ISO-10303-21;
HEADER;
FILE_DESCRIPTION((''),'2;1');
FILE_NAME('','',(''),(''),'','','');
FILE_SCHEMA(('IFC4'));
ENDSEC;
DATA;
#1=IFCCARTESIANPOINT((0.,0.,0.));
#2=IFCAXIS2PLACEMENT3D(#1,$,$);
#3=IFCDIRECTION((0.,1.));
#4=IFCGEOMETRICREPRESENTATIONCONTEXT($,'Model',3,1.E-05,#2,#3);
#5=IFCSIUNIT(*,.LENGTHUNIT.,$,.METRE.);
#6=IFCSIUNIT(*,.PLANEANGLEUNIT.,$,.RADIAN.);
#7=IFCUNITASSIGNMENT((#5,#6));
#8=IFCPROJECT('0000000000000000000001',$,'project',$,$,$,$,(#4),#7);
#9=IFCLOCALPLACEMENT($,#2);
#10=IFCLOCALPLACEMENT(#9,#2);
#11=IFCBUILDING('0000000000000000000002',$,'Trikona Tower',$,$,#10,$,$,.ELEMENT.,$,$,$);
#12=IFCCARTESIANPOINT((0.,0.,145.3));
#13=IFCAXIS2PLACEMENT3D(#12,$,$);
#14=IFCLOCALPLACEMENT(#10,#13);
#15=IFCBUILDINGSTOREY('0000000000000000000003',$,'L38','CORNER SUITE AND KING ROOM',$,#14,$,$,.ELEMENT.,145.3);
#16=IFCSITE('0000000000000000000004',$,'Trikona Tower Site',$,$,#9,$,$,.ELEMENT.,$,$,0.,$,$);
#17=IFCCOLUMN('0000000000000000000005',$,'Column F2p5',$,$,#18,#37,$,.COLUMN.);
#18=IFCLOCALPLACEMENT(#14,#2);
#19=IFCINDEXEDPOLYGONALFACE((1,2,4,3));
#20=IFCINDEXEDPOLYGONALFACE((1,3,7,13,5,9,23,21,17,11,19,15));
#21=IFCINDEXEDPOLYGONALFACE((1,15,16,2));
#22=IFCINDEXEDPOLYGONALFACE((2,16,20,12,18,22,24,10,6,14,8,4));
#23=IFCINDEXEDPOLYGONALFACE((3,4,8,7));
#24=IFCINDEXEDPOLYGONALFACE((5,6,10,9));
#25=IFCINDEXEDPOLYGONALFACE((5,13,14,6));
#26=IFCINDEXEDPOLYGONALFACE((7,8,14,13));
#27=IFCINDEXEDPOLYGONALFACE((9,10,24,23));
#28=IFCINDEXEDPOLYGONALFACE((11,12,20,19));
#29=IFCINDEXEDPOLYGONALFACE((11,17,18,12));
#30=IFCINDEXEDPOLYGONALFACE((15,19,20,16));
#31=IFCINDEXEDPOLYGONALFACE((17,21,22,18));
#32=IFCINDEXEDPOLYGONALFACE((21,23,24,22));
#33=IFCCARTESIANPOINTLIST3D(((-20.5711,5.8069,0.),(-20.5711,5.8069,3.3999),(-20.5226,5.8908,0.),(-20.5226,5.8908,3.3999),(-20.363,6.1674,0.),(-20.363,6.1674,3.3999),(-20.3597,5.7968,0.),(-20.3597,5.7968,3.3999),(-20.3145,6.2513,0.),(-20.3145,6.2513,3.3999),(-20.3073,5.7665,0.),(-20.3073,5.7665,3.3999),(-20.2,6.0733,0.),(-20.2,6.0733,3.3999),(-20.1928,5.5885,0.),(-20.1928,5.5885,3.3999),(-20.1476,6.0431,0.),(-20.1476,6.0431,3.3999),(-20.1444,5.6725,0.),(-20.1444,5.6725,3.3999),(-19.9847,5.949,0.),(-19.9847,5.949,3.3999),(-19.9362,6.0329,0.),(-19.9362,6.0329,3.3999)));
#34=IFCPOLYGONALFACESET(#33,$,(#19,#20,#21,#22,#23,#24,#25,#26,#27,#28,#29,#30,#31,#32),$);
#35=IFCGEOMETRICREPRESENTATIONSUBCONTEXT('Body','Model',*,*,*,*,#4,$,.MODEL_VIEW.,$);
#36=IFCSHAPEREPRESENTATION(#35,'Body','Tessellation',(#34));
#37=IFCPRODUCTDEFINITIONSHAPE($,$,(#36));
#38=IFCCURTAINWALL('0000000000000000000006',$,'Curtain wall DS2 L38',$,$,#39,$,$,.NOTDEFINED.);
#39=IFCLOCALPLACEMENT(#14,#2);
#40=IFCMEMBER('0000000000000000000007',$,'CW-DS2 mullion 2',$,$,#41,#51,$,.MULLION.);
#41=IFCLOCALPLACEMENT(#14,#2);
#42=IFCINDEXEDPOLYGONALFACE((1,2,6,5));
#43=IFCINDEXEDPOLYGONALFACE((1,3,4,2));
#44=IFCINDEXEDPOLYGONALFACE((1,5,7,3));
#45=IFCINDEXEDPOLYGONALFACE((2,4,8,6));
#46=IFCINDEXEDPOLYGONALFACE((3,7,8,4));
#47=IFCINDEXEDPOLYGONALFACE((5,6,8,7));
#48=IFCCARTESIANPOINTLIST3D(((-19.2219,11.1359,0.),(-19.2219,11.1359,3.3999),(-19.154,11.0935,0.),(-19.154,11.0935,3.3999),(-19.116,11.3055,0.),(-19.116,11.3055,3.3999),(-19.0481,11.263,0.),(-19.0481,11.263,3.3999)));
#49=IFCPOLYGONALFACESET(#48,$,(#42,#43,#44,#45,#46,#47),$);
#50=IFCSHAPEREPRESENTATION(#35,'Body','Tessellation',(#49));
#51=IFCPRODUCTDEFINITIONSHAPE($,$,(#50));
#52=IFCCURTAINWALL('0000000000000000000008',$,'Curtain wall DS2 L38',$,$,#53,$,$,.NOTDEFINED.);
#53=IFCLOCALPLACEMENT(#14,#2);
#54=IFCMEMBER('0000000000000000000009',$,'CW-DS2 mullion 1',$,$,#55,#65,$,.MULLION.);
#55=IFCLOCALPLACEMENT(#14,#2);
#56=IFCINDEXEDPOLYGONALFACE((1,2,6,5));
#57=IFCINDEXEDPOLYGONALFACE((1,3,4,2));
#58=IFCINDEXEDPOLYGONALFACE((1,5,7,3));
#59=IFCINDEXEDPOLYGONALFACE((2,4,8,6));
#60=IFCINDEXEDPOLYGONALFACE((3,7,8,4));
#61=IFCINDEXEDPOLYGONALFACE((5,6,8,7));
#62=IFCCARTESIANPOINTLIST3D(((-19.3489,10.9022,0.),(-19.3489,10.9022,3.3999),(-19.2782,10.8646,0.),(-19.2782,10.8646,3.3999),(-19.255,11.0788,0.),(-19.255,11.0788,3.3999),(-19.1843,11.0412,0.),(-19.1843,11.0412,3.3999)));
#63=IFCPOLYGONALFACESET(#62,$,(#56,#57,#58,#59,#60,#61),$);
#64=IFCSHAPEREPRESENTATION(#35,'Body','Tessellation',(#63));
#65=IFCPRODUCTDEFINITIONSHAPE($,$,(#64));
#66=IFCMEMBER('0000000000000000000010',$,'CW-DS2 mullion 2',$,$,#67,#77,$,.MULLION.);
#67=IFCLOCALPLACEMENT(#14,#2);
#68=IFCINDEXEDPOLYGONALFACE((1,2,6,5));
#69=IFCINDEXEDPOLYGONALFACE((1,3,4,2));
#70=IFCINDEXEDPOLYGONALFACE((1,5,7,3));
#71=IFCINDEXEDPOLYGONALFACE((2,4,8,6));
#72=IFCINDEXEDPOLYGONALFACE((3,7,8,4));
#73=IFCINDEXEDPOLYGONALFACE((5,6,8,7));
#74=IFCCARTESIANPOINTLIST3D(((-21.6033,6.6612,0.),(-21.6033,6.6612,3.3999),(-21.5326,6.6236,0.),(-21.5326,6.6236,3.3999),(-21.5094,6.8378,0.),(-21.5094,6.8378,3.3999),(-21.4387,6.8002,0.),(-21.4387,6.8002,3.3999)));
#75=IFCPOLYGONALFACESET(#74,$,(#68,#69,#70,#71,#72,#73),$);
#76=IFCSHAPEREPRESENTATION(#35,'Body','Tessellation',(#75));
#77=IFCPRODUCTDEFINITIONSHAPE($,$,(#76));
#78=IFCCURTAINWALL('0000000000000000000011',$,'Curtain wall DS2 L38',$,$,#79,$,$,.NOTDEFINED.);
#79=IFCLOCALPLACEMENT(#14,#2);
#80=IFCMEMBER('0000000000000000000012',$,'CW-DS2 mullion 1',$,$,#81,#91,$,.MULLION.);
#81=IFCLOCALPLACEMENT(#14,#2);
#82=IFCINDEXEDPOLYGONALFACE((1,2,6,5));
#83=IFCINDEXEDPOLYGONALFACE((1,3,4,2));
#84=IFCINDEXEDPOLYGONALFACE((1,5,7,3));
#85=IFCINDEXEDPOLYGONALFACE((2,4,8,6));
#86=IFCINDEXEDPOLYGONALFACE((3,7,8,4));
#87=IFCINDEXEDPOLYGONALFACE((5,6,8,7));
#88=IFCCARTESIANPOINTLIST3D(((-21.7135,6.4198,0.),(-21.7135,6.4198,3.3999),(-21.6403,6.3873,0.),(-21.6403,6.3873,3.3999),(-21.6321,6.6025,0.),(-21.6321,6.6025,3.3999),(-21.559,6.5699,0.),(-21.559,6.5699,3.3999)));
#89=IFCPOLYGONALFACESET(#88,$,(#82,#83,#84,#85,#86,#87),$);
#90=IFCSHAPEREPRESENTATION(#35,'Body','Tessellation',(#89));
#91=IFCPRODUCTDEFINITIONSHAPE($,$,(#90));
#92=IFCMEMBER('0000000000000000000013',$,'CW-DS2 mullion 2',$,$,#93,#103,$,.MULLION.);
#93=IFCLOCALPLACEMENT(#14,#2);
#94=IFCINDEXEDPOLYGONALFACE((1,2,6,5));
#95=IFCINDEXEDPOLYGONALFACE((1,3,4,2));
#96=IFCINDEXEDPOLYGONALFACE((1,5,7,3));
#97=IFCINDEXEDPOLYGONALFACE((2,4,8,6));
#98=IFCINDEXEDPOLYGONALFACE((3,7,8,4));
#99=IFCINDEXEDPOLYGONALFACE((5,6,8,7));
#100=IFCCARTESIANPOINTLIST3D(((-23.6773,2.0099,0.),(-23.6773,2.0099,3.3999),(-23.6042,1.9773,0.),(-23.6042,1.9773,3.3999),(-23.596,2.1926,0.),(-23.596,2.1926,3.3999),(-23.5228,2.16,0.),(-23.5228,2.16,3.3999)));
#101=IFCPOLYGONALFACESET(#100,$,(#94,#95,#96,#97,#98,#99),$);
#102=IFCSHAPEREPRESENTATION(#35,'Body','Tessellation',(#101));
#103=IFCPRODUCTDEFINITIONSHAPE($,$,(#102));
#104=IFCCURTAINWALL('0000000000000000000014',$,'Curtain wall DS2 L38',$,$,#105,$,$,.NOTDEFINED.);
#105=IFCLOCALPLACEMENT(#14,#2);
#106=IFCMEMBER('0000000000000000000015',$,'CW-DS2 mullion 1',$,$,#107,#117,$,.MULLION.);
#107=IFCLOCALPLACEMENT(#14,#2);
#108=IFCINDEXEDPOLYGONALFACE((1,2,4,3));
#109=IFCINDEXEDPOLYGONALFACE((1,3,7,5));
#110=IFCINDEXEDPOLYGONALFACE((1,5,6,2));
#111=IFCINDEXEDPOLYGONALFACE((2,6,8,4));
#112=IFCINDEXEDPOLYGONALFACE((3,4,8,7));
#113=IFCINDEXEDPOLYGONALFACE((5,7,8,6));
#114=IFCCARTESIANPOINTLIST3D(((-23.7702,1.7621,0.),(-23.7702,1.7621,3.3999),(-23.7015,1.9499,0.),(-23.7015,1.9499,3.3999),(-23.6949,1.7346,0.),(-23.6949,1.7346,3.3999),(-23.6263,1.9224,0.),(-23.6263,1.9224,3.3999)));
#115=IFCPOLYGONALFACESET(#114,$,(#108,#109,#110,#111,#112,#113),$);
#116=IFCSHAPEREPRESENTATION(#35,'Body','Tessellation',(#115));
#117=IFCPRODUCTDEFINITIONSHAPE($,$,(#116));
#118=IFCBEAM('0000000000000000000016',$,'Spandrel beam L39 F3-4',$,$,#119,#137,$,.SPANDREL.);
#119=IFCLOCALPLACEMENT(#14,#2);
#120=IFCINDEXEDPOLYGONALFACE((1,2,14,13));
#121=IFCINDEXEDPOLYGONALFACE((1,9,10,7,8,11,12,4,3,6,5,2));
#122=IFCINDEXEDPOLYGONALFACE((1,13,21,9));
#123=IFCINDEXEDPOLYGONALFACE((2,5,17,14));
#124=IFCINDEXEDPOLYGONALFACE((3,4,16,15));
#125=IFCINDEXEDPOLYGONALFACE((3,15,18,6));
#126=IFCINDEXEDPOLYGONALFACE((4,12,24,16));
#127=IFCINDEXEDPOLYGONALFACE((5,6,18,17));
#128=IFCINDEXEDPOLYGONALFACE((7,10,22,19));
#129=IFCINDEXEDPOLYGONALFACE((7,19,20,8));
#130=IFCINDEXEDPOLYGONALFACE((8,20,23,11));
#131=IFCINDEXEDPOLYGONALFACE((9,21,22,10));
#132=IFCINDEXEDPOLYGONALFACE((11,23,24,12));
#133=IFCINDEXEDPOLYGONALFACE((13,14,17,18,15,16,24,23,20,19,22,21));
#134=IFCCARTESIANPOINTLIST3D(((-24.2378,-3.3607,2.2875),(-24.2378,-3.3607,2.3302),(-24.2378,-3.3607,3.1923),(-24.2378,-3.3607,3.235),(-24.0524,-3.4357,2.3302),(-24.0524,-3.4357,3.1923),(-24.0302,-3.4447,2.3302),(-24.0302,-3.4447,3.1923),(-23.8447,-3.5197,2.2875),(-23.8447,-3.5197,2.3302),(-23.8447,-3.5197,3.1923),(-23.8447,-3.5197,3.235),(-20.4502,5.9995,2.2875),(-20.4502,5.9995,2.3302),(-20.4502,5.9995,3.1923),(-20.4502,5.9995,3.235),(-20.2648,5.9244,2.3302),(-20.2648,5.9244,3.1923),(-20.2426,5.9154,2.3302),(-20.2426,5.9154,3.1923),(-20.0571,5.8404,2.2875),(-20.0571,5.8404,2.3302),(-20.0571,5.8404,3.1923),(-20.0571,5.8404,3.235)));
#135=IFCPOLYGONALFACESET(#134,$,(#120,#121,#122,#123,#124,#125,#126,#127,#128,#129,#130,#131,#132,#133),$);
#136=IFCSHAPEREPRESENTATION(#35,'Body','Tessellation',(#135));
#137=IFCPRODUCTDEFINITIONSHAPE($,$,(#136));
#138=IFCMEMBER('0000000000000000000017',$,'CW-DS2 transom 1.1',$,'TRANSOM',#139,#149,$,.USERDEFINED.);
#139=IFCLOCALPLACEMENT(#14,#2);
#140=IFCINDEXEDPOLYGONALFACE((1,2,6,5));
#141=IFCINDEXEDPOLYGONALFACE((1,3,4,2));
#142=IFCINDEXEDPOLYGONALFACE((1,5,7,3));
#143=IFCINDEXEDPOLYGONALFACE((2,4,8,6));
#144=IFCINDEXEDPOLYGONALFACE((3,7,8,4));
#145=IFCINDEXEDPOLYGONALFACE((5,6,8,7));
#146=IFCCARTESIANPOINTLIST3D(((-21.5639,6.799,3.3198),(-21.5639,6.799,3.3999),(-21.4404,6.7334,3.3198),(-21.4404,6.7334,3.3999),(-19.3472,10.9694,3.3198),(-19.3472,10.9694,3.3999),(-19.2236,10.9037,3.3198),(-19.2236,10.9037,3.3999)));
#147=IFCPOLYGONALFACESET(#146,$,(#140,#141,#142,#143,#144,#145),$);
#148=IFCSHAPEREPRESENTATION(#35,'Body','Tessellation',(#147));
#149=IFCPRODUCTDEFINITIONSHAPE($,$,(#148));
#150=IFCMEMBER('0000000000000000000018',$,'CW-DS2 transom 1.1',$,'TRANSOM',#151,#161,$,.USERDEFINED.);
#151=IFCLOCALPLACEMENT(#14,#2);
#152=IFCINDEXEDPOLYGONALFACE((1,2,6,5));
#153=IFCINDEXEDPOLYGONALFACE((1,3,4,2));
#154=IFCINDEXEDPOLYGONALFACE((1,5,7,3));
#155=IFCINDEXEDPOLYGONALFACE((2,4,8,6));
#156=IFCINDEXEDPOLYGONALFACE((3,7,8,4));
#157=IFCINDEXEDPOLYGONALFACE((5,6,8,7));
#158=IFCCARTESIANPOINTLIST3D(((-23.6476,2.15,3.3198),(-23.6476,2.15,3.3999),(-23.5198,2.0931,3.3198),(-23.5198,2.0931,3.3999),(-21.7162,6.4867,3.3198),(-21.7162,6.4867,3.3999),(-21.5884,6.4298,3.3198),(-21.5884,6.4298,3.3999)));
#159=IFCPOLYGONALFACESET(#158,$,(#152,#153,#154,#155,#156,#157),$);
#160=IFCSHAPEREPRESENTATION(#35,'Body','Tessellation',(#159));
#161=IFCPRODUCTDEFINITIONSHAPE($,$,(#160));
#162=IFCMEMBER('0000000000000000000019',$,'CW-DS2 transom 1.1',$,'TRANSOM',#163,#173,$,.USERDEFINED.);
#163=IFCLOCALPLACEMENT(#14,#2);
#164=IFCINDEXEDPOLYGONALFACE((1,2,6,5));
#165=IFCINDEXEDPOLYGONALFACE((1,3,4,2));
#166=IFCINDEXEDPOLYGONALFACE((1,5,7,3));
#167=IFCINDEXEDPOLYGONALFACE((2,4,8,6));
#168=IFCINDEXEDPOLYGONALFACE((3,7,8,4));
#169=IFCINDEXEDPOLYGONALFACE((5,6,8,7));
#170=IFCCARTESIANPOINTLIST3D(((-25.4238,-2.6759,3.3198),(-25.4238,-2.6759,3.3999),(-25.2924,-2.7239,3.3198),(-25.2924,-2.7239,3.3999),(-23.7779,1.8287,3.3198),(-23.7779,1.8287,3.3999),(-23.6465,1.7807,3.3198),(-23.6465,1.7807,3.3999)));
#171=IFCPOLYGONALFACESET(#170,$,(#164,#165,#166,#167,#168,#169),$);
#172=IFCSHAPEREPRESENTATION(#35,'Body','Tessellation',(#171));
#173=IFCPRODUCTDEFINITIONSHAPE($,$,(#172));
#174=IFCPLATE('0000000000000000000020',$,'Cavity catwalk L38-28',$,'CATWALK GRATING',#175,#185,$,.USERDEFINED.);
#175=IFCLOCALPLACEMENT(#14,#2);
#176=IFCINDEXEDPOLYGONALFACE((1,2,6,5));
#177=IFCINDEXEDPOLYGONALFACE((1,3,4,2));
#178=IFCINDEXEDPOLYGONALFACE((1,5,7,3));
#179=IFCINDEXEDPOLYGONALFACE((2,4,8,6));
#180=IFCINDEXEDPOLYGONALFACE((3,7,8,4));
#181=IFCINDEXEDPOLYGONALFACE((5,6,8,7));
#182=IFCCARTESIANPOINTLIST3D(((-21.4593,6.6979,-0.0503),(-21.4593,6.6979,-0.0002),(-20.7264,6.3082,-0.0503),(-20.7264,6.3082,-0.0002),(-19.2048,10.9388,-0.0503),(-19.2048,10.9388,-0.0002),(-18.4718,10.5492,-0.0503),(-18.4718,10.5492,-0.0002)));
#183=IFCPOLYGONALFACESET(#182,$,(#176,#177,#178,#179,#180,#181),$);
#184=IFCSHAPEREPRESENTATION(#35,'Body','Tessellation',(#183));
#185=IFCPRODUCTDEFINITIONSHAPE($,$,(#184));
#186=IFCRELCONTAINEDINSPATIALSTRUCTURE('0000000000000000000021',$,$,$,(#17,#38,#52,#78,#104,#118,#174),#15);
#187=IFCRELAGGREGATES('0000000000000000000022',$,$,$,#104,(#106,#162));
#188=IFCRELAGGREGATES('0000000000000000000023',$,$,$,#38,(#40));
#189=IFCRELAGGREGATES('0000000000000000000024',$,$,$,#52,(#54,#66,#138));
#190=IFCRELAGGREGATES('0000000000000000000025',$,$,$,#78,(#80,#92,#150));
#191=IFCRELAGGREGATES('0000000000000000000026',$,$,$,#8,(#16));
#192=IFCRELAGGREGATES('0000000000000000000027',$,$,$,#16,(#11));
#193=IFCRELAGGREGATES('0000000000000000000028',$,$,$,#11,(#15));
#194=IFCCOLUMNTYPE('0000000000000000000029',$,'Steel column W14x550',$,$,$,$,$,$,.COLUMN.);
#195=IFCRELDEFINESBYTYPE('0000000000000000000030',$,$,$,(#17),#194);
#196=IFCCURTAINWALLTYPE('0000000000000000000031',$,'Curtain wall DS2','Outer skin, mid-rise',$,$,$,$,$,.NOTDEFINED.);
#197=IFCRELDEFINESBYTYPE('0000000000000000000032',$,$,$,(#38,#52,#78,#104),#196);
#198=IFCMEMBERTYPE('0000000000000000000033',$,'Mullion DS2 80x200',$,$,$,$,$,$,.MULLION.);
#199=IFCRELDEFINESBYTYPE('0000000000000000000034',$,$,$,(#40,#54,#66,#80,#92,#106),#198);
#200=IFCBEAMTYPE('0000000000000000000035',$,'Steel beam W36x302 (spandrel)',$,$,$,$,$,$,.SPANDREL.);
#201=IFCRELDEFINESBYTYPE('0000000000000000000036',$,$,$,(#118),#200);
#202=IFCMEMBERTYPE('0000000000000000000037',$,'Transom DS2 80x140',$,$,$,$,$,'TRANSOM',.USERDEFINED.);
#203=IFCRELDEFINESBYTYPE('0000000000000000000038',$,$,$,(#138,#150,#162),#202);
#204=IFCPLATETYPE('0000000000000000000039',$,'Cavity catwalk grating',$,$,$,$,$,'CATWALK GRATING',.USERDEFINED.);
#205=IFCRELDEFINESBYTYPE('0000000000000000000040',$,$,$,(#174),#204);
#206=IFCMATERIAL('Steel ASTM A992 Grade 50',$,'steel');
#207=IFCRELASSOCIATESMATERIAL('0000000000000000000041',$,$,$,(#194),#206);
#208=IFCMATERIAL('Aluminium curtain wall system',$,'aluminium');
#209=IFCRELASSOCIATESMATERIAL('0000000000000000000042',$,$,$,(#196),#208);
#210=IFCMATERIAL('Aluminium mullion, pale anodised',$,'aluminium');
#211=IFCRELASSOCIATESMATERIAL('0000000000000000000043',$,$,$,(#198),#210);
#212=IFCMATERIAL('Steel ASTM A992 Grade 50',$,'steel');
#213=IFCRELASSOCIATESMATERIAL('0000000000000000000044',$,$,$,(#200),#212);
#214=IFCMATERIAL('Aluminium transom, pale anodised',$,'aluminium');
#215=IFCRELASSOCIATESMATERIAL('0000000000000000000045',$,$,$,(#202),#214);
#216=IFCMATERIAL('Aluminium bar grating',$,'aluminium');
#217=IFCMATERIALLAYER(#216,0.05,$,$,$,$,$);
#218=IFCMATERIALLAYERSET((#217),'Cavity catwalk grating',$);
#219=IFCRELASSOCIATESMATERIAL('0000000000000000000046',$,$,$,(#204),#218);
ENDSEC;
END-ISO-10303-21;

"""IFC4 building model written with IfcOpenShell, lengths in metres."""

from ifc_helpers import new_model, si_unit, direction, frame, origin, origin_2d, place, context, subcontext, project, spatial, rectangle, i_section, extrude, material, layer, layer_set, material_profile, profile_set, type_object, element, aggregate, save


model = new_model("IFC4")

# Units and contexts
model_context = context("Model", 3, precision=1e-05, world=origin(), true_north=direction((0.0, 1.0)))
body_context = subcontext(model_context, "Body", "Model", "MODEL_VIEW")
ifc_project = project(units=[si_unit("LENGTHUNIT", "METRE"), si_unit("PLANEANGLEUNIT", "RADIAN")], contexts=[model_context])

# Site, building, storey
site_placement = place(None, origin())
site = spatial("IfcSite", under=ifc_project, at=site_placement, Name="Trikona Tower Site", CompositionType="ELEMENT", RefElevation=0.0)
building_placement = place(site_placement, origin())
building = spatial("IfcBuilding", under=site, at=building_placement, Name="Trikona Tower", CompositionType="ELEMENT")
storey_placement = place(building_placement, frame((0.0, 0.0, 145.3)))
storey = spatial("IfcBuildingStorey", under=building, at=storey_placement, Name="L38", Description="CORNER SUITE AND KING ROOM", CompositionType="ELEMENT", Elevation=145.3)

# Column
ifc_material_1 = material(Name="Steel ASTM A992 Grade 50", Category="steel")
ifc_material_profile_1 = material_profile(ifc_material_1, i_section(OverallWidth=0.4368, OverallDepth=0.5132, WebThickness=0.0605, FlangeThickness=0.0969, at=origin_2d()), Name="W14X550")
ifc_profile_set_1 = profile_set([ifc_material_profile_1], Name="Steel ASTM A992 Grade 50")
column_type = type_object("IfcColumnType", Name="Steel column W14x550", PredefinedType="COLUMN", material=ifc_profile_set_1)
column_placement = place(storey_placement, frame((-20.2537, 5.9199, 0.0), z_axis=(0.0, 0.0, 1.0), x_axis=(-0.866025, 0.5, 0.0)))
element("IfcColumn", 1, at=column_placement, inside=storey, type_object=column_type, Name="Column F2p5", PredefinedType="COLUMN", context=body_context, shape_type="SweptSolid", body=[
    extrude(i_section(OverallWidth=0.4368, OverallDepth=0.5132, WebThickness=0.0605, FlangeThickness=0.0969, at=origin_2d()), origin(), (0.0, 0.0, 1.0), 3.3999),
])

# Curtain wall, member
ifc_material_2 = material(Name="Aluminium curtain wall system", Category="aluminium")
curtain_wall_type = type_object("IfcCurtainWallType", Name="Curtain wall DS2", Description="Outer skin, mid-rise", PredefinedType="NOTDEFINED", material=ifc_material_2)
curtain_wall_1_placement = place(storey_placement, origin())
curtain_wall_1 = element("IfcCurtainWall", 2, at=curtain_wall_1_placement, inside=storey, type_object=curtain_wall_type, Name="Curtain wall DS2 L38", PredefinedType="NOTDEFINED")
ifc_material_3 = material(Name="Aluminium mullion, pale anodised", Category="aluminium")
ifc_material_profile_2 = material_profile(ifc_material_3, rectangle(XDim=0.0801, YDim=0.2, at=origin_2d()), Name="MUL-DS2")
ifc_profile_set_2 = profile_set([ifc_material_profile_2], Name="Aluminium mullion, pale anodised")
member_type_1 = type_object("IfcMemberType", Name="Mullion DS2 80x200", PredefinedType="MULLION", material=ifc_profile_set_2)
member_1_placement = place(storey_placement, frame((-19.135, 11.1995, 0.0), z_axis=(0.0, 0.0, 1.0), x_axis=(0.847998, -0.529999, 0.0)))
member_1 = element("IfcMember", 3, at=member_1_placement, type_object=member_type_1, Name="CW-DS2 mullion 2", PredefinedType="MULLION", context=body_context, shape_type="SweptSolid", body=[
    extrude(rectangle(XDim=0.0801, YDim=0.2, at=origin_2d()), origin(), (0.0, 0.0, 1.0), 3.3999),
])

# Curtain walls, members
curtain_wall_2_placement = place(storey_placement, origin())
curtain_wall_2 = element("IfcCurtainWall", 4, at=curtain_wall_2_placement, inside=storey, type_object=curtain_wall_type, Name="Curtain wall DS2 L38", PredefinedType="NOTDEFINED")
member_2_placement = place(storey_placement, frame((-19.2666, 10.9717, 0.0), z_axis=(0.0, 0.0, 1.0), x_axis=(0.882996, -0.46938, 0.0)))
member_2 = element("IfcMember", 5, at=member_2_placement, type_object=member_type_1, Name="CW-DS2 mullion 1", PredefinedType="MULLION", context=body_context, shape_type="SweptSolid", body=[
    extrude(rectangle(XDim=0.0801, YDim=0.2, at=origin_2d()), origin(), (0.0, 0.0, 1.0), 3.3999),
])
member_3_placement = place(storey_placement, frame((-21.521, 6.7307, 0.0), z_axis=(0.0, 0.0, 1.0), x_axis=(0.882996, -0.46938, 0.0)))
member_3 = element("IfcMember", 6, at=member_3_placement, type_object=member_type_1, Name="CW-DS2 mullion 2", PredefinedType="MULLION", context=body_context, shape_type="SweptSolid", body=[
    extrude(rectangle(XDim=0.0801, YDim=0.2, at=origin_2d()), origin(), (0.0, 0.0, 1.0), 3.3999),
])
curtain_wall_3_placement = place(storey_placement, origin())
curtain_wall_3 = element("IfcCurtainWall", 7, at=curtain_wall_3_placement, inside=storey, type_object=curtain_wall_type, Name="Curtain wall DS2 L38", PredefinedType="NOTDEFINED")
member_4_placement = place(storey_placement, frame((-21.6362, 6.4949, 0.0), z_axis=(0.0, 0.0, 1.0), x_axis=(0.913501, -0.406836, 0.0)))
member_4 = element("IfcMember", 8, at=member_4_placement, type_object=member_type_1, Name="CW-DS2 mullion 1", PredefinedType="MULLION", context=body_context, shape_type="SweptSolid", body=[
    extrude(rectangle(XDim=0.0801, YDim=0.2, at=origin_2d()), origin(), (0.0, 0.0, 1.0), 3.3999),
])
member_5_placement = place(storey_placement, frame((-23.6001, 2.085, 0.0), z_axis=(0.0, 0.0, 1.0), x_axis=(0.913501, -0.406836, 0.0)))
member_5 = element("IfcMember", 9, at=member_5_placement, type_object=member_type_1, Name="CW-DS2 mullion 2", PredefinedType="MULLION", context=body_context, shape_type="SweptSolid", body=[
    extrude(rectangle(XDim=0.0801, YDim=0.2, at=origin_2d()), origin(), (0.0, 0.0, 1.0), 3.3999),
])

# Curtain wall, member
curtain_wall_4_placement = place(storey_placement, origin())
curtain_wall_4 = element("IfcCurtainWall", 10, at=curtain_wall_4_placement, inside=storey, type_object=curtain_wall_type, Name="Curtain wall DS2 L38", PredefinedType="NOTDEFINED")
member_6_placement = place(storey_placement, frame((-23.6982, 1.8423, 0.0), z_axis=(0.0, 0.0, 1.0), x_axis=(0.939254, -0.343223, 0.0)))
member_6 = element("IfcMember", 11, at=member_6_placement, type_object=member_type_1, Name="CW-DS2 mullion 1", PredefinedType="MULLION", context=body_context, shape_type="SweptSolid", body=[
    extrude(rectangle(XDim=0.0801, YDim=0.2, at=origin_2d()), origin(), (0.0, 0.0, 1.0), 3.3999),
])

# Beam
ifc_material_4 = material(Name="Steel ASTM A992 Grade 50", Category="steel")
ifc_material_profile_3 = material_profile(ifc_material_4, i_section(OverallWidth=0.4241, OverallDepth=0.9475, WebThickness=0.0239, FlangeThickness=0.0427, at=origin_2d()), Name="W36X302")
ifc_profile_set_3 = profile_set([ifc_material_profile_3], Name="Steel ASTM A992 Grade 50")
beam_type = type_object("IfcBeamType", Name="Steel beam W36x302 (spandrel)", PredefinedType="SPANDREL", material=ifc_profile_set_3)
beam_placement = place(storey_placement, frame((-20.2537, 5.9199, 2.7612), z_axis=(-0.375106, -0.926982, 0.0), x_axis=(0.926982, -0.375106, 0.0)))
element("IfcBeam", 12, at=beam_placement, inside=storey, type_object=beam_type, Name="Spandrel beam L39 F3-4", PredefinedType="SPANDREL", context=body_context, shape_type="SweptSolid", body=[
    extrude(i_section(OverallWidth=0.4241, OverallDepth=0.9475, WebThickness=0.0239, FlangeThickness=0.0427, at=origin_2d()), origin(), (0.0, 0.0, 1.0), 10.0974),
])

# Members
ifc_material_5 = material(Name="Aluminium transom, pale anodised", Category="aluminium")
ifc_material_profile_4 = material_profile(ifc_material_5, rectangle(XDim=0.1399, YDim=0.0801, at=origin_2d()), Name="TRN-DS2")
ifc_profile_set_4 = profile_set([ifc_material_profile_4], Name="Aluminium transom, pale anodised")
member_type_2 = type_object("IfcMemberType", Name="Transom DS2 80x140", ElementType="TRANSOM", PredefinedType="USERDEFINED", material=ifc_profile_set_4)
member_7_placement = place(storey_placement, frame((-19.2854, 10.9365, 3.3599), z_axis=(-0.469364, -0.883005, 0.0), x_axis=(0.883005, -0.469364, 0.0)))
member_7 = element("IfcMember", 13, at=member_7_placement, type_object=member_type_2, Name="CW-DS2 transom 1.1", ObjectType="TRANSOM", PredefinedType="USERDEFINED", context=body_context, shape_type="SweptSolid", body=[
    extrude(rectangle(XDim=0.1399, YDim=0.0801, at=origin_2d()), origin(), (0.0, 0.0, 1.0), 4.7229),
])
member_8_placement = place(storey_placement, frame((-21.6523, 6.4583, 3.3599), z_axis=(-0.40684, -0.9135, 0.0), x_axis=(0.9135, -0.40684, 0.0)))
member_8 = element("IfcMember", 14, at=member_8_placement, type_object=member_type_2, Name="CW-DS2 transom 1.1", ObjectType="TRANSOM", PredefinedType="USERDEFINED", context=body_context, shape_type="SweptSolid", body=[
    extrude(rectangle(XDim=0.1399, YDim=0.0801, at=origin_2d()), origin(), (0.0, 0.0, 1.0), 4.7473),
])
member_9_placement = place(storey_placement, frame((-23.7122, 1.8047, 3.3599), z_axis=(-0.343206, -0.93926, 0.0), x_axis=(0.93926, -0.343206, 0.0)))
member_9 = element("IfcMember", 15, at=member_9_placement, type_object=member_type_2, Name="CW-DS2 transom 1.1", ObjectType="TRANSOM", PredefinedType="USERDEFINED", context=body_context, shape_type="SweptSolid", body=[
    extrude(rectangle(XDim=0.1399, YDim=0.0801, at=origin_2d()), origin(), (0.0, 0.0, 1.0), 4.7959),
])
aggregate(curtain_wall_4, [member_6, member_9])

# Plate
ifc_material_6 = material(Name="Aluminium bar grating", Category="aluminium")
ifc_layer_1 = layer(ifc_material_6, 0.05)
ifc_layer_set_1 = layer_set([ifc_layer_1], Name="Cavity catwalk grating")
plate_type_1 = type_object("IfcPlateType", Name="Cavity catwalk grating", ElementType="CATWALK GRATING", PredefinedType="USERDEFINED", material=ifc_layer_set_1)
plate_1_placement = place(storey_placement, frame((-19.9656, 8.6235, -0.0503), z_axis=(0.0, 0.0, 1.0), x_axis=(-0.469398, -0.882987, 0.0)))
element("IfcPlate", 16, at=plate_1_placement, inside=storey, type_object=plate_type_1, Name="Cavity catwalk L38-28", ObjectType="CATWALK GRATING", PredefinedType="USERDEFINED", context=body_context, shape_type="SweptSolid", body=[
    extrude(rectangle(XDim=4.803, YDim=0.8301, at=origin_2d()), origin(), (0.0, 0.0, 1.0), 0.05),
])

aggregate(curtain_wall_1, [member_1])
aggregate(curtain_wall_2, [member_2, member_3, member_7])
aggregate(curtain_wall_3, [member_4, member_5, member_8])

save(model, "model.ifc")
